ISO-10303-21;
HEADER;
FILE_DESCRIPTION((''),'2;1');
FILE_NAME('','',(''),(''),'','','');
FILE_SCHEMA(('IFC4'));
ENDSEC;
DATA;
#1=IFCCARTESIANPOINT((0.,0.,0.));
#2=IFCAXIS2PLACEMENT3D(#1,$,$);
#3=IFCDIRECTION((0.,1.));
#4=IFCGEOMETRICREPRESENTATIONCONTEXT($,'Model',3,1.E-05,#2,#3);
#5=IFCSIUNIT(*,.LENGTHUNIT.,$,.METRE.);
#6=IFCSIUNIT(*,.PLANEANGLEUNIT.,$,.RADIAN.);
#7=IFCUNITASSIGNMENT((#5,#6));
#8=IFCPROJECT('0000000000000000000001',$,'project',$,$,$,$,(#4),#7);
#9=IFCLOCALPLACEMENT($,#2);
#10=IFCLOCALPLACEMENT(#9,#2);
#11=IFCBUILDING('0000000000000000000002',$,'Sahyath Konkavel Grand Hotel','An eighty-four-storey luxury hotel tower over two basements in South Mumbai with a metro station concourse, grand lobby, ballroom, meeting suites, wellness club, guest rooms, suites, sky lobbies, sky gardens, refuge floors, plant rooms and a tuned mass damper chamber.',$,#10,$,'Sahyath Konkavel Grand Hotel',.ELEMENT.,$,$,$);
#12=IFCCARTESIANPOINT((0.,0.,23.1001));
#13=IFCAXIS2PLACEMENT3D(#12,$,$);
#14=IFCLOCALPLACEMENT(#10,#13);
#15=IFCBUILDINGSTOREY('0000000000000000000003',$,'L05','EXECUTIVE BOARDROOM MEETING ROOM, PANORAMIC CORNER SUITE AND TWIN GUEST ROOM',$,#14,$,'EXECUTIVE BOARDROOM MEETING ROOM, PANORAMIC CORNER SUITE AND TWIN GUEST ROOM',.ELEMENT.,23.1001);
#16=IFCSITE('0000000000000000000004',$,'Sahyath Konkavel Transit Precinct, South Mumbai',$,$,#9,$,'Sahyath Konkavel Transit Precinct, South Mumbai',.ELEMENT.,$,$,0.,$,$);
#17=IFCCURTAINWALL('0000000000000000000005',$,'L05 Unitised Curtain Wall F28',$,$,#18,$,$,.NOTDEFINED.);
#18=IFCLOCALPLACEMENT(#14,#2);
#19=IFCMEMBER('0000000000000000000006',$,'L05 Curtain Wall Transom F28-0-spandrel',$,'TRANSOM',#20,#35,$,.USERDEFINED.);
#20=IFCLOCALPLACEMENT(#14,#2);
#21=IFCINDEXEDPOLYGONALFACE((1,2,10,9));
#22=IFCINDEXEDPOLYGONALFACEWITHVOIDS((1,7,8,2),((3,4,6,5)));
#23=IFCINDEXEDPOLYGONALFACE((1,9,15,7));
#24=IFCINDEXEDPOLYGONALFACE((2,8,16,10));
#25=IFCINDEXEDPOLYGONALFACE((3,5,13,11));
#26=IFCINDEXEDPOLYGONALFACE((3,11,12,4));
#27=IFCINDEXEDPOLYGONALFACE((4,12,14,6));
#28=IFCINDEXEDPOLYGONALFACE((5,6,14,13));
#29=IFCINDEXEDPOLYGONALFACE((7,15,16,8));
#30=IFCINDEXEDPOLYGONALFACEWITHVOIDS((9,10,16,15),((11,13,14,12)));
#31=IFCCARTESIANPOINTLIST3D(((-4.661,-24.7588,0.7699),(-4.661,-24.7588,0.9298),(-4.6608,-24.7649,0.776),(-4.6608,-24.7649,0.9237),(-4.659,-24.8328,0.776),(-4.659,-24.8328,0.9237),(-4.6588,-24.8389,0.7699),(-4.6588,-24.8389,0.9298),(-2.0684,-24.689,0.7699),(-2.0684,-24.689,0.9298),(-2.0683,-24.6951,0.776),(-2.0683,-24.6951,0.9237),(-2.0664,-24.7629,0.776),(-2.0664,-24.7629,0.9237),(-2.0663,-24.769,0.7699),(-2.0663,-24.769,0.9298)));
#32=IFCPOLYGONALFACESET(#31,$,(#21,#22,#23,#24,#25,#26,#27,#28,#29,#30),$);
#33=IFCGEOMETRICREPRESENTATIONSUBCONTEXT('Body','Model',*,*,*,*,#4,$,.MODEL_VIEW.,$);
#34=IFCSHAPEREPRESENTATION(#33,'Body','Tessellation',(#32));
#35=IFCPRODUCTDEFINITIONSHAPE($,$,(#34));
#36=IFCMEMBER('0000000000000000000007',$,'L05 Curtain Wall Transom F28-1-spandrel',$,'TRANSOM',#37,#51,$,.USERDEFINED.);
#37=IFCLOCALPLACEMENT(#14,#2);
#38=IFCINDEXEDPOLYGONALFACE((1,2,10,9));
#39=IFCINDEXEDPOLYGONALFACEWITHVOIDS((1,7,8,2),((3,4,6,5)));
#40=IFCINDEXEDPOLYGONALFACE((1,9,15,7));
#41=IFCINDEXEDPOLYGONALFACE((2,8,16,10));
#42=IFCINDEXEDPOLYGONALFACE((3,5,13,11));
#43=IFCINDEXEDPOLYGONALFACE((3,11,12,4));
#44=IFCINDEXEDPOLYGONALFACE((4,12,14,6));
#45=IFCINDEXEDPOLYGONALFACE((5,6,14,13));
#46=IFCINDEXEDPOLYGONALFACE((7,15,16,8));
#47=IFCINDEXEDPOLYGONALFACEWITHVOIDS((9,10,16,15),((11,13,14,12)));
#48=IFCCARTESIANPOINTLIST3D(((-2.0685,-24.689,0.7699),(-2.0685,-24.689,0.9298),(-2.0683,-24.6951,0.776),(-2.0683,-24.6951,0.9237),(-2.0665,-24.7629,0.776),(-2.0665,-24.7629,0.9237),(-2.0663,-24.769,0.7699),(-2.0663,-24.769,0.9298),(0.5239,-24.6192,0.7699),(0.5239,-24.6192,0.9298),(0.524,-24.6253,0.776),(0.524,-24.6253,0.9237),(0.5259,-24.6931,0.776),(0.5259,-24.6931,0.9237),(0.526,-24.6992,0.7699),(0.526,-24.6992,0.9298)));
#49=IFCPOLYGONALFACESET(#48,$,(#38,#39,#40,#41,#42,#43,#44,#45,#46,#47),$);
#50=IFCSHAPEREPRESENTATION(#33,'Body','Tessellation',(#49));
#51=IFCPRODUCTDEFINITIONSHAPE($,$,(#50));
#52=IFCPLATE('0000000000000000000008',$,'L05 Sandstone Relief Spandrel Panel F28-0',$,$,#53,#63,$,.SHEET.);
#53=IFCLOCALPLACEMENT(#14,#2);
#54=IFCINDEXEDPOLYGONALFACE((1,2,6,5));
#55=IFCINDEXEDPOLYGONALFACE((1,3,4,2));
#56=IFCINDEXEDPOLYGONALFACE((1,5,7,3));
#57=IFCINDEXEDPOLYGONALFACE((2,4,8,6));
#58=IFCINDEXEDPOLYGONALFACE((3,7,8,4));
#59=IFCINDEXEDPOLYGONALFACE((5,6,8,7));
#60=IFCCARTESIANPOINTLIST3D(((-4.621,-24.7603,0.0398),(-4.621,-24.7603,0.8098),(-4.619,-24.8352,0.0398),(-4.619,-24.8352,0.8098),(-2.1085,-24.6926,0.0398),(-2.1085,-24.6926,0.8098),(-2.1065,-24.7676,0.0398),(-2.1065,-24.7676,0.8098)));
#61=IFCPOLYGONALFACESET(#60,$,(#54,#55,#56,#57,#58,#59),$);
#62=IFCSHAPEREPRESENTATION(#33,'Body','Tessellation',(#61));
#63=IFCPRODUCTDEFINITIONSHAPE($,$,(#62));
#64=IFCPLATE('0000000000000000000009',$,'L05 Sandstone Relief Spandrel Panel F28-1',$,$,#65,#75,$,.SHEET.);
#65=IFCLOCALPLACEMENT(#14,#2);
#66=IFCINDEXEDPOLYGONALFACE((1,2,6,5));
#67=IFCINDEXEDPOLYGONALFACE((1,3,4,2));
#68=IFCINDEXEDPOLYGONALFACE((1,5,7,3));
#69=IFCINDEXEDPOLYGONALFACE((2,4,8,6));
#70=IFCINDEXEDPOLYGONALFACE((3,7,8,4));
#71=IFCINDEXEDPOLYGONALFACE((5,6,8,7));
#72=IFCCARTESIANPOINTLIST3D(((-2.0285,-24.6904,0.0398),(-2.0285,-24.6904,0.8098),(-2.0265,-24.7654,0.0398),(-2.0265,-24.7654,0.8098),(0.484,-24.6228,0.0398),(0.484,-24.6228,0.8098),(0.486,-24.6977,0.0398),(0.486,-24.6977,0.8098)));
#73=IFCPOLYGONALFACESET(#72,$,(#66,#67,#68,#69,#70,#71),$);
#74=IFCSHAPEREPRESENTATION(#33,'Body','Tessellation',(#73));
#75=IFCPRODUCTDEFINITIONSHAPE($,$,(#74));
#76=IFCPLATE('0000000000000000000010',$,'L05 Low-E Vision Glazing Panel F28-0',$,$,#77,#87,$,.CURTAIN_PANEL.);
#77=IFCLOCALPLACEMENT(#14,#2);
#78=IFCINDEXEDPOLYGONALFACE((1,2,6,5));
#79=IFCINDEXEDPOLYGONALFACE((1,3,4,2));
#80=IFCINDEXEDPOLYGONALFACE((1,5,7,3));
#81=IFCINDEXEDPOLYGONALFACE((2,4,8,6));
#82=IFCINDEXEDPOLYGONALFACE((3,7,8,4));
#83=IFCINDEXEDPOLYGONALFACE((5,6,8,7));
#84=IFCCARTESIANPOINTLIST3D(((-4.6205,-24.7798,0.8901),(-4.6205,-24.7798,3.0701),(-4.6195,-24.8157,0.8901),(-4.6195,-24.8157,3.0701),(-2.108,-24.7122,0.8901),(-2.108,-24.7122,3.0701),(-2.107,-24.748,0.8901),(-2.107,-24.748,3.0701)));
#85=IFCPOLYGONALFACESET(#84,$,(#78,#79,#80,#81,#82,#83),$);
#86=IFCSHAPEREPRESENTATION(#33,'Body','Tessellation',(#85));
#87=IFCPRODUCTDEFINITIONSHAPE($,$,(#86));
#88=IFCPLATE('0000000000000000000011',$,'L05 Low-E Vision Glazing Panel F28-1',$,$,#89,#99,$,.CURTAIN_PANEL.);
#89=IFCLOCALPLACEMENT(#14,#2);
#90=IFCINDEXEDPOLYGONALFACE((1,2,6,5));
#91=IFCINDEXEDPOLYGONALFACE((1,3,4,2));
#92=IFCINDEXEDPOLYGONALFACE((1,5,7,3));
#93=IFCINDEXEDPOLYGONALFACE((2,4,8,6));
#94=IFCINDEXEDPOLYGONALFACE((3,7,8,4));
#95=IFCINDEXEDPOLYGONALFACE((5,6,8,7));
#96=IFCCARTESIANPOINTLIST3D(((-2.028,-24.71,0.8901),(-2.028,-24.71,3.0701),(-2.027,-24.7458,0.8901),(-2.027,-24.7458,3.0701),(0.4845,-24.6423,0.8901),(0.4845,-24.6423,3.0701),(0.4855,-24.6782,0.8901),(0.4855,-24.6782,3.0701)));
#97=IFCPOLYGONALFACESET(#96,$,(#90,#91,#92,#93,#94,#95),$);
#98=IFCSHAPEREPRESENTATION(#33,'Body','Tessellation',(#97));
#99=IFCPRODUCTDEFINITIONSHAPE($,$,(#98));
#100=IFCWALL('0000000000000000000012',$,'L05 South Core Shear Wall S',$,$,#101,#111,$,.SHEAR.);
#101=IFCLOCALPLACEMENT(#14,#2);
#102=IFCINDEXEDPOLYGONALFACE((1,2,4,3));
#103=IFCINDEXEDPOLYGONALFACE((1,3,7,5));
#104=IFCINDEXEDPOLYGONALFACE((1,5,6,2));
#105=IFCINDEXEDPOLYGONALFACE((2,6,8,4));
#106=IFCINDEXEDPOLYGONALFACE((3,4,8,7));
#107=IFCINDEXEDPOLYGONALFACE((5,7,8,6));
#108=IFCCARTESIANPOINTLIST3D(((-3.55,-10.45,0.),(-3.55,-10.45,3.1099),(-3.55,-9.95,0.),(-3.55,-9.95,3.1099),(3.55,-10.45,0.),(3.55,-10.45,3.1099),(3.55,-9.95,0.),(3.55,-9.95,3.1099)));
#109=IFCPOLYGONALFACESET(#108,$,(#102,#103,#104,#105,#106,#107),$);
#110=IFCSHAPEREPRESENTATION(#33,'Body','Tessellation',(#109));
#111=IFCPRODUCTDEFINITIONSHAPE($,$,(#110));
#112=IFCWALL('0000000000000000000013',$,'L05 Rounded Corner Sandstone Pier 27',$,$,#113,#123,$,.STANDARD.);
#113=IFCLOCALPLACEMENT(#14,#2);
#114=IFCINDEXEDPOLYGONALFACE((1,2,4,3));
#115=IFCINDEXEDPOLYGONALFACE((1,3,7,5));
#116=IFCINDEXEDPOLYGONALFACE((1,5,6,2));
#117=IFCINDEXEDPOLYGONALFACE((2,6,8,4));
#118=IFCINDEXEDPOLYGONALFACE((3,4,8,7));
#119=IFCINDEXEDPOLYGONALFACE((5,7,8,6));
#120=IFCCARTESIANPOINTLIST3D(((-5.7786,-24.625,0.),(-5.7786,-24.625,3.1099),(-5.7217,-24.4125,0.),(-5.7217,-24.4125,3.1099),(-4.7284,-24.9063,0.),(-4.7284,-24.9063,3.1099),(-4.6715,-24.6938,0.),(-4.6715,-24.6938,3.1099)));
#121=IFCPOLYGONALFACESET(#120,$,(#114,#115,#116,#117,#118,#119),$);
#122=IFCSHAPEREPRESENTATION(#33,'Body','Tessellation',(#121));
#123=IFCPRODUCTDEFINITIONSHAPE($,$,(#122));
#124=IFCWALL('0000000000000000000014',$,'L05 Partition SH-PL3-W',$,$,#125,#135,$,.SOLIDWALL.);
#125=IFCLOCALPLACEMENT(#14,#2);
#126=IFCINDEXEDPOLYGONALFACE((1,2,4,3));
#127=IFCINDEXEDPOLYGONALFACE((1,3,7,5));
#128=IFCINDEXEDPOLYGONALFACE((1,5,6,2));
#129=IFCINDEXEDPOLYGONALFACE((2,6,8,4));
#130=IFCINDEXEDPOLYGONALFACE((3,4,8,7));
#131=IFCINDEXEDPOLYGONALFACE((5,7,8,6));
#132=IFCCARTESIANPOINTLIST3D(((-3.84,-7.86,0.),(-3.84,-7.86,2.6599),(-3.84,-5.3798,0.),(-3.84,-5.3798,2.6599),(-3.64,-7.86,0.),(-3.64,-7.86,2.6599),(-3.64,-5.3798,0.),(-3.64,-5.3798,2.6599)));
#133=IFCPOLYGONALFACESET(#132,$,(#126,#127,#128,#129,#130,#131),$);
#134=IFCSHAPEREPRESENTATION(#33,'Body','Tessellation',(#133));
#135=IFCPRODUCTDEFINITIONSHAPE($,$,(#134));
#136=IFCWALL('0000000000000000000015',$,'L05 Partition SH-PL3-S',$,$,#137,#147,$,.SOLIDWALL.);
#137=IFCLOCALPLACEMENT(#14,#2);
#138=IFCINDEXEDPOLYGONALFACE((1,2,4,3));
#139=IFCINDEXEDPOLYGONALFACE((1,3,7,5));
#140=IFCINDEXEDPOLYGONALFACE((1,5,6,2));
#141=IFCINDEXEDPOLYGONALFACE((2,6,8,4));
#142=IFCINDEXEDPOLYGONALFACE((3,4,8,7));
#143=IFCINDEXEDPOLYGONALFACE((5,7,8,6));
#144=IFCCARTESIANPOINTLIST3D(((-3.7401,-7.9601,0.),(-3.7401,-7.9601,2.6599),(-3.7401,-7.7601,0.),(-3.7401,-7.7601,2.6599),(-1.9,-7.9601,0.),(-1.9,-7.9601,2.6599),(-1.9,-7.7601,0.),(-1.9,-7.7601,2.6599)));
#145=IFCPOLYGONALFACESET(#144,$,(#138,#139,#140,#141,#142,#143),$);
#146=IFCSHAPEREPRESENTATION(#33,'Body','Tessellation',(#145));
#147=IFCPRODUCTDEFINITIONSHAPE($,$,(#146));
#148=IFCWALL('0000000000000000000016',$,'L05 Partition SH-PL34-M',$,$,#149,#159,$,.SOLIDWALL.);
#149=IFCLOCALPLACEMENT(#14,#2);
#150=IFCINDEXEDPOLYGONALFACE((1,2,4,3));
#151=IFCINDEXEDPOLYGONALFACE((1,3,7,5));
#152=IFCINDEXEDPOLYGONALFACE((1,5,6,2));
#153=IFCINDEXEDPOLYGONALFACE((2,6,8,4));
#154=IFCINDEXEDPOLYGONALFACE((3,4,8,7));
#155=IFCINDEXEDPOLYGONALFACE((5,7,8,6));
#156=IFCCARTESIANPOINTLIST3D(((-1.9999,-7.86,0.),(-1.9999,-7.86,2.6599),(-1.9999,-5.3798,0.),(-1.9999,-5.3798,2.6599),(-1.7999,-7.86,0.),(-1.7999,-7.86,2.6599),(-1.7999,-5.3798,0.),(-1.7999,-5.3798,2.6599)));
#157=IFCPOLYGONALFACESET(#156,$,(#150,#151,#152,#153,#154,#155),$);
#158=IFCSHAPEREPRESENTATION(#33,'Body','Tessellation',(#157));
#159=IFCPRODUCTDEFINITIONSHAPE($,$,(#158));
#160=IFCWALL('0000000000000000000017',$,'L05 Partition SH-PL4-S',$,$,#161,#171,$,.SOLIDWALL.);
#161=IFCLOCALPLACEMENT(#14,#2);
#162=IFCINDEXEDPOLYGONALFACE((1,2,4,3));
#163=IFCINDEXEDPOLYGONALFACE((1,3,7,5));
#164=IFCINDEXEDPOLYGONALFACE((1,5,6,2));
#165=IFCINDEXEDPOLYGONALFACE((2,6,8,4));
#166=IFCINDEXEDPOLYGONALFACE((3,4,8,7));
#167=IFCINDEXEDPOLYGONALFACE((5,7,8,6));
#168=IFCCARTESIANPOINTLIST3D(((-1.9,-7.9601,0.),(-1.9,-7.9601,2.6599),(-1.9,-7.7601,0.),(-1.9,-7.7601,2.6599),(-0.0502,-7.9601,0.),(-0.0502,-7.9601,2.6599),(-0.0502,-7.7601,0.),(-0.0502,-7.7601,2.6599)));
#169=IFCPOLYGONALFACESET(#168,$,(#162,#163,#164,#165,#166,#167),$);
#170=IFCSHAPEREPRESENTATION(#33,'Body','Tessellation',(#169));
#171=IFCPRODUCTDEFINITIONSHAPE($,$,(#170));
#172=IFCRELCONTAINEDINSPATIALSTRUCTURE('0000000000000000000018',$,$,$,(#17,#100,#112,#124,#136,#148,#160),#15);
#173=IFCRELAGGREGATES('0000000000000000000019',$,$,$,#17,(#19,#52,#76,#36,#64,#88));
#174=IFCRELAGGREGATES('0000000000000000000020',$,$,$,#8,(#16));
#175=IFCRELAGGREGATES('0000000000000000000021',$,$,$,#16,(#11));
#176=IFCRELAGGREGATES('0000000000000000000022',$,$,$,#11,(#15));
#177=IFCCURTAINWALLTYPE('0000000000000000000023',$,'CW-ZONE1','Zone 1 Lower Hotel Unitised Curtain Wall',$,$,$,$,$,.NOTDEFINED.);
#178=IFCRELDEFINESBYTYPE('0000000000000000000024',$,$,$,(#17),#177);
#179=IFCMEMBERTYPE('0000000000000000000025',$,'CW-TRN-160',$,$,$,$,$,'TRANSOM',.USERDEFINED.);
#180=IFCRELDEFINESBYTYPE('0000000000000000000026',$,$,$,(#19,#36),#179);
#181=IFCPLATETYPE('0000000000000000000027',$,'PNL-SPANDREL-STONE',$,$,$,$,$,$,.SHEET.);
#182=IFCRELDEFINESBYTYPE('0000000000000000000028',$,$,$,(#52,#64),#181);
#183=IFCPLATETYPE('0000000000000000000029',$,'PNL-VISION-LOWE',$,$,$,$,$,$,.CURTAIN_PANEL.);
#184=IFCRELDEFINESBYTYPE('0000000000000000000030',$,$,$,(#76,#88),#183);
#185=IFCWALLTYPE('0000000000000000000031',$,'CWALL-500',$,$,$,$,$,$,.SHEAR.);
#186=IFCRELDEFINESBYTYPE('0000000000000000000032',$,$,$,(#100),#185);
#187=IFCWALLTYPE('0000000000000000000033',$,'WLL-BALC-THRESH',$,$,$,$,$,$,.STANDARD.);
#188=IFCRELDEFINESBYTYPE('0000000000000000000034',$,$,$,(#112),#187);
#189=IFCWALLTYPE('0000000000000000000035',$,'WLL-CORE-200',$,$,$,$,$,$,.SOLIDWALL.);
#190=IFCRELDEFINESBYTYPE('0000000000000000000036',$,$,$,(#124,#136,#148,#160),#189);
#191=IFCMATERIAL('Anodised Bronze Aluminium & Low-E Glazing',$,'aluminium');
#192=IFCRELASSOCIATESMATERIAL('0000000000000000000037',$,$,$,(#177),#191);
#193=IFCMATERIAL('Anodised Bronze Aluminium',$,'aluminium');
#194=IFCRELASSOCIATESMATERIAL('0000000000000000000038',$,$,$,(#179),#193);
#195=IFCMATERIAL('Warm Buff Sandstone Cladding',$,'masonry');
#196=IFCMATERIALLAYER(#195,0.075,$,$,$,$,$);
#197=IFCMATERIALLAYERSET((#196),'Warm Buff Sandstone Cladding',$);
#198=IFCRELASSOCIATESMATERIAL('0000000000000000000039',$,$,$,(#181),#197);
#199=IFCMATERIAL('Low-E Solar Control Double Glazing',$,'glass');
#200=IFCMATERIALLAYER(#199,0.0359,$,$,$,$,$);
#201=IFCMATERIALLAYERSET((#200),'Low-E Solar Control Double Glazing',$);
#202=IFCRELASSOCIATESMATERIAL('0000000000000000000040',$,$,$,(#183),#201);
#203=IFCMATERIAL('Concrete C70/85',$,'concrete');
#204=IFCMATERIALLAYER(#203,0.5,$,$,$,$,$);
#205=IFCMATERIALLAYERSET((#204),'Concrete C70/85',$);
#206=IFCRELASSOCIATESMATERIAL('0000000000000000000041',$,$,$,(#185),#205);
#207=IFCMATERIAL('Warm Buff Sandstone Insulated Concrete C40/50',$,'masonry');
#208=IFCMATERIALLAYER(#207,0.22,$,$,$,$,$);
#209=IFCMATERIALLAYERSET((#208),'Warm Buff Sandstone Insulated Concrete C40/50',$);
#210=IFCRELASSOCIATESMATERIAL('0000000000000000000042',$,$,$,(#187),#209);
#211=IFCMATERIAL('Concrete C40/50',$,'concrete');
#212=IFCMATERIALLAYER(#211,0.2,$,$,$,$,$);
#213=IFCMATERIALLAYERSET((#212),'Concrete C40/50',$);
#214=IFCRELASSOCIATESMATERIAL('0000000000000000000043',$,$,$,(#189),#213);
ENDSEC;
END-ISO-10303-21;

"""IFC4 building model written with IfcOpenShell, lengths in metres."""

from ifc_helpers import new_model, si_unit, direction, frame, frame_2d, origin, origin_2d, place, context, subcontext, project, spatial, rectangle, hollow_rectangle, extrude, source, transform, mapped, material, layer, layer_set, material_profile, profile_set, type_object, element, aggregate, save


model = new_model("IFC4")

# Units and contexts
model_context = context("Model", 3, precision=1e-05, world=origin(), true_north=direction((0.0, 1.0)))
body_context = subcontext(model_context, "Body", "Model", "MODEL_VIEW")
ifc_project = project(units=[si_unit("LENGTHUNIT", "METRE"), si_unit("PLANEANGLEUNIT", "RADIAN")], contexts=[model_context])

# Site, building, storey
site_placement = place(None, origin())
site = spatial("IfcSite", under=ifc_project, at=site_placement, Name="Sahyath Konkavel Transit Precinct, South Mumbai", LongName="Sahyath Konkavel Transit Precinct, South Mumbai", CompositionType="ELEMENT", RefElevation=0.0)
building_placement = place(site_placement, origin())
building = spatial("IfcBuilding", under=site, at=building_placement, Name="Sahyath Konkavel Grand Hotel", Description="An eighty-four-storey luxury hotel tower over two basements in South Mumbai with a metro station concourse, grand lobby, ballroom, meeting suites, wellness club, guest rooms, suites, sky lobbies, sky gardens, refuge floors, plant rooms and a tuned mass damper chamber.", LongName="Sahyath Konkavel Grand Hotel", CompositionType="ELEMENT")
storey_placement = place(building_placement, frame((0.0, 0.0, 23.1001)))
storey = spatial("IfcBuildingStorey", under=building, at=storey_placement, Name="L05", Description="EXECUTIVE BOARDROOM MEETING ROOM, PANORAMIC CORNER SUITE AND TWIN GUEST ROOM", LongName="EXECUTIVE BOARDROOM MEETING ROOM, PANORAMIC CORNER SUITE AND TWIN GUEST ROOM", CompositionType="ELEMENT", Elevation=23.1001)

# Shared definitions
ifc_material_1 = material(Name="Concrete C70/85", Category="concrete")

# Curtain wall, members, plates
ifc_material_2 = material(Name="Anodised Bronze Aluminium & Low-E Glazing", Category="aluminium")
curtain_wall_type = type_object("IfcCurtainWallType", Name="CW-ZONE1", Description="Zone 1 Lower Hotel Unitised Curtain Wall", PredefinedType="NOTDEFINED", material=ifc_material_2)
curtain_wall_placement = place(storey_placement, origin())
curtain_wall = element("IfcCurtainWall", 1, at=curtain_wall_placement, inside=storey, type_object=curtain_wall_type, Name="L05 Unitised Curtain Wall F28", PredefinedType="NOTDEFINED")
ifc_material_3 = material(Name="Anodised Bronze Aluminium", Category="aluminium")
ifc_material_profile_1 = material_profile(ifc_material_3, hollow_rectangle(XDim=0.0801, YDim=0.1599, WallThickness=0.0061, at=origin_2d()), Name="RHS 160x80x6")
ifc_profile_set_1 = profile_set([ifc_material_profile_1], Name="Anodised Bronze Aluminium")
member_type_1 = type_object("IfcMemberType", Name="CW-TRN-160", ElementType="TRANSOM", PredefinedType="USERDEFINED", material=ifc_profile_set_1)
shared_shape_1 = source(origin(), body_context, "Body", "SweptSolid", [
    extrude(hollow_rectangle(XDim=0.0801, YDim=0.1599, WallThickness=0.0061, at=origin_2d()), origin(), (0.0, 0.0, 1.0), 2.5935),
])
member_1_placement = place(storey_placement, frame((-4.6599, -24.7988, 0.8499), z_axis=(0.999638, 0.026923, 0.0), x_axis=(-0.026923, 0.999638, 0.0)))
member_1 = element("IfcMember", 2, at=member_1_placement, type_object=member_type_1, Name="L05 Curtain Wall Transom F28-0-spandrel", ObjectType="TRANSOM", PredefinedType="USERDEFINED", context=body_context, shape_type="MappedRepresentation", body=[
    mapped(shared_shape_1, transform((0.0, 0.0, 0.0), scale=1.0)),
])
shared_shape_2 = source(origin(), body_context, "Body", "SweptSolid", [
    extrude(hollow_rectangle(XDim=0.0801, YDim=0.1599, WallThickness=0.0061, at=origin_2d()), origin(), (0.0, 0.0, 1.0), 2.5933),
])
member_2_placement = place(storey_placement, frame((-2.0674, -24.729, 0.8499), z_axis=(0.999637, 0.026926, 0.0), x_axis=(-0.026926, 0.999637, 0.0)))
member_2 = element("IfcMember", 3, at=member_2_placement, type_object=member_type_1, Name="L05 Curtain Wall Transom F28-1-spandrel", ObjectType="TRANSOM", PredefinedType="USERDEFINED", context=body_context, shape_type="MappedRepresentation", body=[
    mapped(shared_shape_2, transform((0.0, 0.0, 0.0), scale=1.0)),
])
ifc_material_4 = material(Name="Warm Buff Sandstone Cladding", Category="masonry")
ifc_layer_1 = layer(ifc_material_4, 0.075)
ifc_layer_set_1 = layer_set([ifc_layer_1], Name="Warm Buff Sandstone Cladding")
plate_type_1 = type_object("IfcPlateType", Name="PNL-SPANDREL-STONE", PredefinedType="SHEET", material=ifc_layer_set_1)
shared_shape_3 = source(origin(), body_context, "Body", "SweptSolid", [
    extrude(rectangle(XDim=2.5134, YDim=0.075, at=origin_2d()), origin(), (0.0, 0.0, 1.0), 0.77),
])
plate_1_placement = place(storey_placement, frame((-3.3638, -24.7639, 0.0398), z_axis=(0.0, 0.0, 1.0), x_axis=(0.999638, 0.02691, 0.0)))
plate_1 = element("IfcPlate", 4, at=plate_1_placement, type_object=plate_type_1, Name="L05 Sandstone Relief Spandrel Panel F28-0", PredefinedType="SHEET", context=body_context, shape_type="MappedRepresentation", body=[
    mapped(shared_shape_3, transform((0.0, 0.0, 0.0), scale=1.0)),
])
plate_2_placement = place(storey_placement, frame((-0.7712, -24.6941, 0.0398), z_axis=(0.0, 0.0, 1.0), x_axis=(0.999638, 0.02691, 0.0)))
plate_2 = element("IfcPlate", 5, at=plate_2_placement, type_object=plate_type_1, Name="L05 Sandstone Relief Spandrel Panel F28-1", PredefinedType="SHEET", context=body_context, shape_type="MappedRepresentation", body=[
    mapped(shared_shape_3, transform((0.0, 0.0, 0.0), scale=1.0)),
])
ifc_material_5 = material(Name="Low-E Solar Control Double Glazing", Category="glass")
ifc_layer_2 = layer(ifc_material_5, 0.0359)
ifc_layer_set_2 = layer_set([ifc_layer_2], Name="Low-E Solar Control Double Glazing")
plate_type_2 = type_object("IfcPlateType", Name="PNL-VISION-LOWE", PredefinedType="CURTAIN_PANEL", material=ifc_layer_set_2)
shared_shape_4 = source(origin(), body_context, "Body", "SweptSolid", [
    extrude(rectangle(XDim=2.5134, YDim=0.0359, at=origin_2d()), origin(), (0.0, 0.0, 1.0), 2.1799),
])
plate_3_placement = place(storey_placement, frame((-3.3638, -24.7639, 0.8901), z_axis=(0.0, 0.0, 1.0), x_axis=(0.999638, 0.02691, 0.0)))
plate_3 = element("IfcPlate", 6, at=plate_3_placement, type_object=plate_type_2, Name="L05 Low-E Vision Glazing Panel F28-0", PredefinedType="CURTAIN_PANEL", context=body_context, shape_type="MappedRepresentation", body=[
    mapped(shared_shape_4, transform((0.0, 0.0, 0.0), scale=1.0)),
])
plate_4_placement = place(storey_placement, frame((-0.7712, -24.6941, 0.8901), z_axis=(0.0, 0.0, 1.0), x_axis=(0.999638, 0.02691, 0.0)))
plate_4 = element("IfcPlate", 7, at=plate_4_placement, type_object=plate_type_2, Name="L05 Low-E Vision Glazing Panel F28-1", PredefinedType="CURTAIN_PANEL", context=body_context, shape_type="MappedRepresentation", body=[
    mapped(shared_shape_4, transform((0.0, 0.0, 0.0), scale=1.0)),
])
aggregate(curtain_wall, [member_1, plate_1, plate_3, member_2, plate_2, plate_4])

# Walls
ifc_layer_3 = layer(ifc_material_1, 0.5)
ifc_layer_set_3 = layer_set([ifc_layer_3], Name="Concrete C70/85")
wall_type_1 = type_object("IfcWallType", Name="CWALL-500", PredefinedType="SHEAR", material=ifc_layer_set_3)
wall_1_placement = place(storey_placement, frame((-3.55, -10.2, 0.0), z_axis=(0.0, 0.0, 1.0), x_axis=(1.0, 0.0, 0.0)))
element("IfcWall", 8, at=wall_1_placement, inside=storey, type_object=wall_type_1, Name="L05 South Core Shear Wall S", PredefinedType="SHEAR", context=body_context, shape_type="SweptSolid", body=[
    extrude(rectangle(XDim=7.1001, YDim=0.5, at=frame_2d((3.55, 0.0))), origin(), (0.0, 0.0, 1.0), 3.1099),
])
ifc_material_6 = material(Name="Warm Buff Sandstone Insulated Concrete C40/50", Category="masonry")
ifc_layer_4 = layer(ifc_material_6, 0.22)
ifc_layer_set_4 = layer_set([ifc_layer_4], Name="Warm Buff Sandstone Insulated Concrete C40/50")
wall_type_2 = type_object("IfcWallType", Name="WLL-BALC-THRESH", PredefinedType="STANDARD", material=ifc_layer_set_4)
wall_2_placement = place(storey_placement, frame((-5.75, -24.5188, 0.0), z_axis=(0.0, 0.0, 1.0), x_axis=(0.965951, -0.258725, 0.0)))
element("IfcWall", 9, at=wall_2_placement, inside=storey, type_object=wall_type_2, Name="L05 Rounded Corner Sandstone Pier 27", PredefinedType="STANDARD", context=body_context, shape_type="SweptSolid", body=[
    extrude(rectangle(XDim=1.0872, YDim=0.22, at=frame_2d((0.5435, 0.0))), origin(), (0.0, 0.0, 1.0), 3.1099),
])
ifc_material_7 = material(Name="Concrete C40/50", Category="concrete")
ifc_layer_5 = layer(ifc_material_7, 0.2)
ifc_layer_set_5 = layer_set([ifc_layer_5], Name="Concrete C40/50")
wall_type_3 = type_object("IfcWallType", Name="WLL-CORE-200", PredefinedType="SOLIDWALL", material=ifc_layer_set_5)
wall_3_placement = place(storey_placement, frame((-3.74, -7.8601, 0.0), z_axis=(0.0, 0.0, 1.0), x_axis=(0.0, 1.0, 0.0)))
element("IfcWall", 10, at=wall_3_placement, inside=storey, type_object=wall_type_3, Name="L05 Partition SH-PL3-W", PredefinedType="SOLIDWALL", context=body_context, shape_type="SweptSolid", body=[
    extrude(rectangle(XDim=2.4802, YDim=0.2, at=frame_2d((1.2402, 0.0))), origin(), (0.0, 0.0, 1.0), 2.6599),
])
wall_4_placement = place(storey_placement, frame((-3.74, -7.8601, 0.0), z_axis=(0.0, 0.0, 1.0), x_axis=(1.0, 0.0, 0.0)))
element("IfcWall", 11, at=wall_4_placement, inside=storey, type_object=wall_type_3, Name="L05 Partition SH-PL3-S", PredefinedType="SOLIDWALL", context=body_context, shape_type="SweptSolid", body=[
    extrude(rectangle(XDim=1.8401, YDim=0.2, at=frame_2d((0.9199, 0.0))), origin(), (0.0, 0.0, 1.0), 2.6599),
])
wall_5_placement = place(storey_placement, frame((-1.8999, -7.8601, 0.0), z_axis=(0.0, 0.0, 1.0), x_axis=(0.0, 1.0, 0.0)))
element("IfcWall", 12, at=wall_5_placement, inside=storey, type_object=wall_type_3, Name="L05 Partition SH-PL34-M", PredefinedType="SOLIDWALL", context=body_context, shape_type="SweptSolid", body=[
    extrude(rectangle(XDim=2.4802, YDim=0.2, at=frame_2d((1.2402, 0.0))), origin(), (0.0, 0.0, 1.0), 2.6599),
])
wall_6_placement = place(storey_placement, frame((-1.8999, -7.8601, 0.0), z_axis=(0.0, 0.0, 1.0), x_axis=(1.0, 0.0, 0.0)))
element("IfcWall", 13, at=wall_6_placement, inside=storey, type_object=wall_type_3, Name="L05 Partition SH-PL4-S", PredefinedType="SOLIDWALL", context=body_context, shape_type="SweptSolid", body=[
    extrude(rectangle(XDim=1.8499, YDim=0.2, at=frame_2d((0.9248, 0.0))), origin(), (0.0, 0.0, 1.0), 2.6599),
])

save(model, "model.ifc")
